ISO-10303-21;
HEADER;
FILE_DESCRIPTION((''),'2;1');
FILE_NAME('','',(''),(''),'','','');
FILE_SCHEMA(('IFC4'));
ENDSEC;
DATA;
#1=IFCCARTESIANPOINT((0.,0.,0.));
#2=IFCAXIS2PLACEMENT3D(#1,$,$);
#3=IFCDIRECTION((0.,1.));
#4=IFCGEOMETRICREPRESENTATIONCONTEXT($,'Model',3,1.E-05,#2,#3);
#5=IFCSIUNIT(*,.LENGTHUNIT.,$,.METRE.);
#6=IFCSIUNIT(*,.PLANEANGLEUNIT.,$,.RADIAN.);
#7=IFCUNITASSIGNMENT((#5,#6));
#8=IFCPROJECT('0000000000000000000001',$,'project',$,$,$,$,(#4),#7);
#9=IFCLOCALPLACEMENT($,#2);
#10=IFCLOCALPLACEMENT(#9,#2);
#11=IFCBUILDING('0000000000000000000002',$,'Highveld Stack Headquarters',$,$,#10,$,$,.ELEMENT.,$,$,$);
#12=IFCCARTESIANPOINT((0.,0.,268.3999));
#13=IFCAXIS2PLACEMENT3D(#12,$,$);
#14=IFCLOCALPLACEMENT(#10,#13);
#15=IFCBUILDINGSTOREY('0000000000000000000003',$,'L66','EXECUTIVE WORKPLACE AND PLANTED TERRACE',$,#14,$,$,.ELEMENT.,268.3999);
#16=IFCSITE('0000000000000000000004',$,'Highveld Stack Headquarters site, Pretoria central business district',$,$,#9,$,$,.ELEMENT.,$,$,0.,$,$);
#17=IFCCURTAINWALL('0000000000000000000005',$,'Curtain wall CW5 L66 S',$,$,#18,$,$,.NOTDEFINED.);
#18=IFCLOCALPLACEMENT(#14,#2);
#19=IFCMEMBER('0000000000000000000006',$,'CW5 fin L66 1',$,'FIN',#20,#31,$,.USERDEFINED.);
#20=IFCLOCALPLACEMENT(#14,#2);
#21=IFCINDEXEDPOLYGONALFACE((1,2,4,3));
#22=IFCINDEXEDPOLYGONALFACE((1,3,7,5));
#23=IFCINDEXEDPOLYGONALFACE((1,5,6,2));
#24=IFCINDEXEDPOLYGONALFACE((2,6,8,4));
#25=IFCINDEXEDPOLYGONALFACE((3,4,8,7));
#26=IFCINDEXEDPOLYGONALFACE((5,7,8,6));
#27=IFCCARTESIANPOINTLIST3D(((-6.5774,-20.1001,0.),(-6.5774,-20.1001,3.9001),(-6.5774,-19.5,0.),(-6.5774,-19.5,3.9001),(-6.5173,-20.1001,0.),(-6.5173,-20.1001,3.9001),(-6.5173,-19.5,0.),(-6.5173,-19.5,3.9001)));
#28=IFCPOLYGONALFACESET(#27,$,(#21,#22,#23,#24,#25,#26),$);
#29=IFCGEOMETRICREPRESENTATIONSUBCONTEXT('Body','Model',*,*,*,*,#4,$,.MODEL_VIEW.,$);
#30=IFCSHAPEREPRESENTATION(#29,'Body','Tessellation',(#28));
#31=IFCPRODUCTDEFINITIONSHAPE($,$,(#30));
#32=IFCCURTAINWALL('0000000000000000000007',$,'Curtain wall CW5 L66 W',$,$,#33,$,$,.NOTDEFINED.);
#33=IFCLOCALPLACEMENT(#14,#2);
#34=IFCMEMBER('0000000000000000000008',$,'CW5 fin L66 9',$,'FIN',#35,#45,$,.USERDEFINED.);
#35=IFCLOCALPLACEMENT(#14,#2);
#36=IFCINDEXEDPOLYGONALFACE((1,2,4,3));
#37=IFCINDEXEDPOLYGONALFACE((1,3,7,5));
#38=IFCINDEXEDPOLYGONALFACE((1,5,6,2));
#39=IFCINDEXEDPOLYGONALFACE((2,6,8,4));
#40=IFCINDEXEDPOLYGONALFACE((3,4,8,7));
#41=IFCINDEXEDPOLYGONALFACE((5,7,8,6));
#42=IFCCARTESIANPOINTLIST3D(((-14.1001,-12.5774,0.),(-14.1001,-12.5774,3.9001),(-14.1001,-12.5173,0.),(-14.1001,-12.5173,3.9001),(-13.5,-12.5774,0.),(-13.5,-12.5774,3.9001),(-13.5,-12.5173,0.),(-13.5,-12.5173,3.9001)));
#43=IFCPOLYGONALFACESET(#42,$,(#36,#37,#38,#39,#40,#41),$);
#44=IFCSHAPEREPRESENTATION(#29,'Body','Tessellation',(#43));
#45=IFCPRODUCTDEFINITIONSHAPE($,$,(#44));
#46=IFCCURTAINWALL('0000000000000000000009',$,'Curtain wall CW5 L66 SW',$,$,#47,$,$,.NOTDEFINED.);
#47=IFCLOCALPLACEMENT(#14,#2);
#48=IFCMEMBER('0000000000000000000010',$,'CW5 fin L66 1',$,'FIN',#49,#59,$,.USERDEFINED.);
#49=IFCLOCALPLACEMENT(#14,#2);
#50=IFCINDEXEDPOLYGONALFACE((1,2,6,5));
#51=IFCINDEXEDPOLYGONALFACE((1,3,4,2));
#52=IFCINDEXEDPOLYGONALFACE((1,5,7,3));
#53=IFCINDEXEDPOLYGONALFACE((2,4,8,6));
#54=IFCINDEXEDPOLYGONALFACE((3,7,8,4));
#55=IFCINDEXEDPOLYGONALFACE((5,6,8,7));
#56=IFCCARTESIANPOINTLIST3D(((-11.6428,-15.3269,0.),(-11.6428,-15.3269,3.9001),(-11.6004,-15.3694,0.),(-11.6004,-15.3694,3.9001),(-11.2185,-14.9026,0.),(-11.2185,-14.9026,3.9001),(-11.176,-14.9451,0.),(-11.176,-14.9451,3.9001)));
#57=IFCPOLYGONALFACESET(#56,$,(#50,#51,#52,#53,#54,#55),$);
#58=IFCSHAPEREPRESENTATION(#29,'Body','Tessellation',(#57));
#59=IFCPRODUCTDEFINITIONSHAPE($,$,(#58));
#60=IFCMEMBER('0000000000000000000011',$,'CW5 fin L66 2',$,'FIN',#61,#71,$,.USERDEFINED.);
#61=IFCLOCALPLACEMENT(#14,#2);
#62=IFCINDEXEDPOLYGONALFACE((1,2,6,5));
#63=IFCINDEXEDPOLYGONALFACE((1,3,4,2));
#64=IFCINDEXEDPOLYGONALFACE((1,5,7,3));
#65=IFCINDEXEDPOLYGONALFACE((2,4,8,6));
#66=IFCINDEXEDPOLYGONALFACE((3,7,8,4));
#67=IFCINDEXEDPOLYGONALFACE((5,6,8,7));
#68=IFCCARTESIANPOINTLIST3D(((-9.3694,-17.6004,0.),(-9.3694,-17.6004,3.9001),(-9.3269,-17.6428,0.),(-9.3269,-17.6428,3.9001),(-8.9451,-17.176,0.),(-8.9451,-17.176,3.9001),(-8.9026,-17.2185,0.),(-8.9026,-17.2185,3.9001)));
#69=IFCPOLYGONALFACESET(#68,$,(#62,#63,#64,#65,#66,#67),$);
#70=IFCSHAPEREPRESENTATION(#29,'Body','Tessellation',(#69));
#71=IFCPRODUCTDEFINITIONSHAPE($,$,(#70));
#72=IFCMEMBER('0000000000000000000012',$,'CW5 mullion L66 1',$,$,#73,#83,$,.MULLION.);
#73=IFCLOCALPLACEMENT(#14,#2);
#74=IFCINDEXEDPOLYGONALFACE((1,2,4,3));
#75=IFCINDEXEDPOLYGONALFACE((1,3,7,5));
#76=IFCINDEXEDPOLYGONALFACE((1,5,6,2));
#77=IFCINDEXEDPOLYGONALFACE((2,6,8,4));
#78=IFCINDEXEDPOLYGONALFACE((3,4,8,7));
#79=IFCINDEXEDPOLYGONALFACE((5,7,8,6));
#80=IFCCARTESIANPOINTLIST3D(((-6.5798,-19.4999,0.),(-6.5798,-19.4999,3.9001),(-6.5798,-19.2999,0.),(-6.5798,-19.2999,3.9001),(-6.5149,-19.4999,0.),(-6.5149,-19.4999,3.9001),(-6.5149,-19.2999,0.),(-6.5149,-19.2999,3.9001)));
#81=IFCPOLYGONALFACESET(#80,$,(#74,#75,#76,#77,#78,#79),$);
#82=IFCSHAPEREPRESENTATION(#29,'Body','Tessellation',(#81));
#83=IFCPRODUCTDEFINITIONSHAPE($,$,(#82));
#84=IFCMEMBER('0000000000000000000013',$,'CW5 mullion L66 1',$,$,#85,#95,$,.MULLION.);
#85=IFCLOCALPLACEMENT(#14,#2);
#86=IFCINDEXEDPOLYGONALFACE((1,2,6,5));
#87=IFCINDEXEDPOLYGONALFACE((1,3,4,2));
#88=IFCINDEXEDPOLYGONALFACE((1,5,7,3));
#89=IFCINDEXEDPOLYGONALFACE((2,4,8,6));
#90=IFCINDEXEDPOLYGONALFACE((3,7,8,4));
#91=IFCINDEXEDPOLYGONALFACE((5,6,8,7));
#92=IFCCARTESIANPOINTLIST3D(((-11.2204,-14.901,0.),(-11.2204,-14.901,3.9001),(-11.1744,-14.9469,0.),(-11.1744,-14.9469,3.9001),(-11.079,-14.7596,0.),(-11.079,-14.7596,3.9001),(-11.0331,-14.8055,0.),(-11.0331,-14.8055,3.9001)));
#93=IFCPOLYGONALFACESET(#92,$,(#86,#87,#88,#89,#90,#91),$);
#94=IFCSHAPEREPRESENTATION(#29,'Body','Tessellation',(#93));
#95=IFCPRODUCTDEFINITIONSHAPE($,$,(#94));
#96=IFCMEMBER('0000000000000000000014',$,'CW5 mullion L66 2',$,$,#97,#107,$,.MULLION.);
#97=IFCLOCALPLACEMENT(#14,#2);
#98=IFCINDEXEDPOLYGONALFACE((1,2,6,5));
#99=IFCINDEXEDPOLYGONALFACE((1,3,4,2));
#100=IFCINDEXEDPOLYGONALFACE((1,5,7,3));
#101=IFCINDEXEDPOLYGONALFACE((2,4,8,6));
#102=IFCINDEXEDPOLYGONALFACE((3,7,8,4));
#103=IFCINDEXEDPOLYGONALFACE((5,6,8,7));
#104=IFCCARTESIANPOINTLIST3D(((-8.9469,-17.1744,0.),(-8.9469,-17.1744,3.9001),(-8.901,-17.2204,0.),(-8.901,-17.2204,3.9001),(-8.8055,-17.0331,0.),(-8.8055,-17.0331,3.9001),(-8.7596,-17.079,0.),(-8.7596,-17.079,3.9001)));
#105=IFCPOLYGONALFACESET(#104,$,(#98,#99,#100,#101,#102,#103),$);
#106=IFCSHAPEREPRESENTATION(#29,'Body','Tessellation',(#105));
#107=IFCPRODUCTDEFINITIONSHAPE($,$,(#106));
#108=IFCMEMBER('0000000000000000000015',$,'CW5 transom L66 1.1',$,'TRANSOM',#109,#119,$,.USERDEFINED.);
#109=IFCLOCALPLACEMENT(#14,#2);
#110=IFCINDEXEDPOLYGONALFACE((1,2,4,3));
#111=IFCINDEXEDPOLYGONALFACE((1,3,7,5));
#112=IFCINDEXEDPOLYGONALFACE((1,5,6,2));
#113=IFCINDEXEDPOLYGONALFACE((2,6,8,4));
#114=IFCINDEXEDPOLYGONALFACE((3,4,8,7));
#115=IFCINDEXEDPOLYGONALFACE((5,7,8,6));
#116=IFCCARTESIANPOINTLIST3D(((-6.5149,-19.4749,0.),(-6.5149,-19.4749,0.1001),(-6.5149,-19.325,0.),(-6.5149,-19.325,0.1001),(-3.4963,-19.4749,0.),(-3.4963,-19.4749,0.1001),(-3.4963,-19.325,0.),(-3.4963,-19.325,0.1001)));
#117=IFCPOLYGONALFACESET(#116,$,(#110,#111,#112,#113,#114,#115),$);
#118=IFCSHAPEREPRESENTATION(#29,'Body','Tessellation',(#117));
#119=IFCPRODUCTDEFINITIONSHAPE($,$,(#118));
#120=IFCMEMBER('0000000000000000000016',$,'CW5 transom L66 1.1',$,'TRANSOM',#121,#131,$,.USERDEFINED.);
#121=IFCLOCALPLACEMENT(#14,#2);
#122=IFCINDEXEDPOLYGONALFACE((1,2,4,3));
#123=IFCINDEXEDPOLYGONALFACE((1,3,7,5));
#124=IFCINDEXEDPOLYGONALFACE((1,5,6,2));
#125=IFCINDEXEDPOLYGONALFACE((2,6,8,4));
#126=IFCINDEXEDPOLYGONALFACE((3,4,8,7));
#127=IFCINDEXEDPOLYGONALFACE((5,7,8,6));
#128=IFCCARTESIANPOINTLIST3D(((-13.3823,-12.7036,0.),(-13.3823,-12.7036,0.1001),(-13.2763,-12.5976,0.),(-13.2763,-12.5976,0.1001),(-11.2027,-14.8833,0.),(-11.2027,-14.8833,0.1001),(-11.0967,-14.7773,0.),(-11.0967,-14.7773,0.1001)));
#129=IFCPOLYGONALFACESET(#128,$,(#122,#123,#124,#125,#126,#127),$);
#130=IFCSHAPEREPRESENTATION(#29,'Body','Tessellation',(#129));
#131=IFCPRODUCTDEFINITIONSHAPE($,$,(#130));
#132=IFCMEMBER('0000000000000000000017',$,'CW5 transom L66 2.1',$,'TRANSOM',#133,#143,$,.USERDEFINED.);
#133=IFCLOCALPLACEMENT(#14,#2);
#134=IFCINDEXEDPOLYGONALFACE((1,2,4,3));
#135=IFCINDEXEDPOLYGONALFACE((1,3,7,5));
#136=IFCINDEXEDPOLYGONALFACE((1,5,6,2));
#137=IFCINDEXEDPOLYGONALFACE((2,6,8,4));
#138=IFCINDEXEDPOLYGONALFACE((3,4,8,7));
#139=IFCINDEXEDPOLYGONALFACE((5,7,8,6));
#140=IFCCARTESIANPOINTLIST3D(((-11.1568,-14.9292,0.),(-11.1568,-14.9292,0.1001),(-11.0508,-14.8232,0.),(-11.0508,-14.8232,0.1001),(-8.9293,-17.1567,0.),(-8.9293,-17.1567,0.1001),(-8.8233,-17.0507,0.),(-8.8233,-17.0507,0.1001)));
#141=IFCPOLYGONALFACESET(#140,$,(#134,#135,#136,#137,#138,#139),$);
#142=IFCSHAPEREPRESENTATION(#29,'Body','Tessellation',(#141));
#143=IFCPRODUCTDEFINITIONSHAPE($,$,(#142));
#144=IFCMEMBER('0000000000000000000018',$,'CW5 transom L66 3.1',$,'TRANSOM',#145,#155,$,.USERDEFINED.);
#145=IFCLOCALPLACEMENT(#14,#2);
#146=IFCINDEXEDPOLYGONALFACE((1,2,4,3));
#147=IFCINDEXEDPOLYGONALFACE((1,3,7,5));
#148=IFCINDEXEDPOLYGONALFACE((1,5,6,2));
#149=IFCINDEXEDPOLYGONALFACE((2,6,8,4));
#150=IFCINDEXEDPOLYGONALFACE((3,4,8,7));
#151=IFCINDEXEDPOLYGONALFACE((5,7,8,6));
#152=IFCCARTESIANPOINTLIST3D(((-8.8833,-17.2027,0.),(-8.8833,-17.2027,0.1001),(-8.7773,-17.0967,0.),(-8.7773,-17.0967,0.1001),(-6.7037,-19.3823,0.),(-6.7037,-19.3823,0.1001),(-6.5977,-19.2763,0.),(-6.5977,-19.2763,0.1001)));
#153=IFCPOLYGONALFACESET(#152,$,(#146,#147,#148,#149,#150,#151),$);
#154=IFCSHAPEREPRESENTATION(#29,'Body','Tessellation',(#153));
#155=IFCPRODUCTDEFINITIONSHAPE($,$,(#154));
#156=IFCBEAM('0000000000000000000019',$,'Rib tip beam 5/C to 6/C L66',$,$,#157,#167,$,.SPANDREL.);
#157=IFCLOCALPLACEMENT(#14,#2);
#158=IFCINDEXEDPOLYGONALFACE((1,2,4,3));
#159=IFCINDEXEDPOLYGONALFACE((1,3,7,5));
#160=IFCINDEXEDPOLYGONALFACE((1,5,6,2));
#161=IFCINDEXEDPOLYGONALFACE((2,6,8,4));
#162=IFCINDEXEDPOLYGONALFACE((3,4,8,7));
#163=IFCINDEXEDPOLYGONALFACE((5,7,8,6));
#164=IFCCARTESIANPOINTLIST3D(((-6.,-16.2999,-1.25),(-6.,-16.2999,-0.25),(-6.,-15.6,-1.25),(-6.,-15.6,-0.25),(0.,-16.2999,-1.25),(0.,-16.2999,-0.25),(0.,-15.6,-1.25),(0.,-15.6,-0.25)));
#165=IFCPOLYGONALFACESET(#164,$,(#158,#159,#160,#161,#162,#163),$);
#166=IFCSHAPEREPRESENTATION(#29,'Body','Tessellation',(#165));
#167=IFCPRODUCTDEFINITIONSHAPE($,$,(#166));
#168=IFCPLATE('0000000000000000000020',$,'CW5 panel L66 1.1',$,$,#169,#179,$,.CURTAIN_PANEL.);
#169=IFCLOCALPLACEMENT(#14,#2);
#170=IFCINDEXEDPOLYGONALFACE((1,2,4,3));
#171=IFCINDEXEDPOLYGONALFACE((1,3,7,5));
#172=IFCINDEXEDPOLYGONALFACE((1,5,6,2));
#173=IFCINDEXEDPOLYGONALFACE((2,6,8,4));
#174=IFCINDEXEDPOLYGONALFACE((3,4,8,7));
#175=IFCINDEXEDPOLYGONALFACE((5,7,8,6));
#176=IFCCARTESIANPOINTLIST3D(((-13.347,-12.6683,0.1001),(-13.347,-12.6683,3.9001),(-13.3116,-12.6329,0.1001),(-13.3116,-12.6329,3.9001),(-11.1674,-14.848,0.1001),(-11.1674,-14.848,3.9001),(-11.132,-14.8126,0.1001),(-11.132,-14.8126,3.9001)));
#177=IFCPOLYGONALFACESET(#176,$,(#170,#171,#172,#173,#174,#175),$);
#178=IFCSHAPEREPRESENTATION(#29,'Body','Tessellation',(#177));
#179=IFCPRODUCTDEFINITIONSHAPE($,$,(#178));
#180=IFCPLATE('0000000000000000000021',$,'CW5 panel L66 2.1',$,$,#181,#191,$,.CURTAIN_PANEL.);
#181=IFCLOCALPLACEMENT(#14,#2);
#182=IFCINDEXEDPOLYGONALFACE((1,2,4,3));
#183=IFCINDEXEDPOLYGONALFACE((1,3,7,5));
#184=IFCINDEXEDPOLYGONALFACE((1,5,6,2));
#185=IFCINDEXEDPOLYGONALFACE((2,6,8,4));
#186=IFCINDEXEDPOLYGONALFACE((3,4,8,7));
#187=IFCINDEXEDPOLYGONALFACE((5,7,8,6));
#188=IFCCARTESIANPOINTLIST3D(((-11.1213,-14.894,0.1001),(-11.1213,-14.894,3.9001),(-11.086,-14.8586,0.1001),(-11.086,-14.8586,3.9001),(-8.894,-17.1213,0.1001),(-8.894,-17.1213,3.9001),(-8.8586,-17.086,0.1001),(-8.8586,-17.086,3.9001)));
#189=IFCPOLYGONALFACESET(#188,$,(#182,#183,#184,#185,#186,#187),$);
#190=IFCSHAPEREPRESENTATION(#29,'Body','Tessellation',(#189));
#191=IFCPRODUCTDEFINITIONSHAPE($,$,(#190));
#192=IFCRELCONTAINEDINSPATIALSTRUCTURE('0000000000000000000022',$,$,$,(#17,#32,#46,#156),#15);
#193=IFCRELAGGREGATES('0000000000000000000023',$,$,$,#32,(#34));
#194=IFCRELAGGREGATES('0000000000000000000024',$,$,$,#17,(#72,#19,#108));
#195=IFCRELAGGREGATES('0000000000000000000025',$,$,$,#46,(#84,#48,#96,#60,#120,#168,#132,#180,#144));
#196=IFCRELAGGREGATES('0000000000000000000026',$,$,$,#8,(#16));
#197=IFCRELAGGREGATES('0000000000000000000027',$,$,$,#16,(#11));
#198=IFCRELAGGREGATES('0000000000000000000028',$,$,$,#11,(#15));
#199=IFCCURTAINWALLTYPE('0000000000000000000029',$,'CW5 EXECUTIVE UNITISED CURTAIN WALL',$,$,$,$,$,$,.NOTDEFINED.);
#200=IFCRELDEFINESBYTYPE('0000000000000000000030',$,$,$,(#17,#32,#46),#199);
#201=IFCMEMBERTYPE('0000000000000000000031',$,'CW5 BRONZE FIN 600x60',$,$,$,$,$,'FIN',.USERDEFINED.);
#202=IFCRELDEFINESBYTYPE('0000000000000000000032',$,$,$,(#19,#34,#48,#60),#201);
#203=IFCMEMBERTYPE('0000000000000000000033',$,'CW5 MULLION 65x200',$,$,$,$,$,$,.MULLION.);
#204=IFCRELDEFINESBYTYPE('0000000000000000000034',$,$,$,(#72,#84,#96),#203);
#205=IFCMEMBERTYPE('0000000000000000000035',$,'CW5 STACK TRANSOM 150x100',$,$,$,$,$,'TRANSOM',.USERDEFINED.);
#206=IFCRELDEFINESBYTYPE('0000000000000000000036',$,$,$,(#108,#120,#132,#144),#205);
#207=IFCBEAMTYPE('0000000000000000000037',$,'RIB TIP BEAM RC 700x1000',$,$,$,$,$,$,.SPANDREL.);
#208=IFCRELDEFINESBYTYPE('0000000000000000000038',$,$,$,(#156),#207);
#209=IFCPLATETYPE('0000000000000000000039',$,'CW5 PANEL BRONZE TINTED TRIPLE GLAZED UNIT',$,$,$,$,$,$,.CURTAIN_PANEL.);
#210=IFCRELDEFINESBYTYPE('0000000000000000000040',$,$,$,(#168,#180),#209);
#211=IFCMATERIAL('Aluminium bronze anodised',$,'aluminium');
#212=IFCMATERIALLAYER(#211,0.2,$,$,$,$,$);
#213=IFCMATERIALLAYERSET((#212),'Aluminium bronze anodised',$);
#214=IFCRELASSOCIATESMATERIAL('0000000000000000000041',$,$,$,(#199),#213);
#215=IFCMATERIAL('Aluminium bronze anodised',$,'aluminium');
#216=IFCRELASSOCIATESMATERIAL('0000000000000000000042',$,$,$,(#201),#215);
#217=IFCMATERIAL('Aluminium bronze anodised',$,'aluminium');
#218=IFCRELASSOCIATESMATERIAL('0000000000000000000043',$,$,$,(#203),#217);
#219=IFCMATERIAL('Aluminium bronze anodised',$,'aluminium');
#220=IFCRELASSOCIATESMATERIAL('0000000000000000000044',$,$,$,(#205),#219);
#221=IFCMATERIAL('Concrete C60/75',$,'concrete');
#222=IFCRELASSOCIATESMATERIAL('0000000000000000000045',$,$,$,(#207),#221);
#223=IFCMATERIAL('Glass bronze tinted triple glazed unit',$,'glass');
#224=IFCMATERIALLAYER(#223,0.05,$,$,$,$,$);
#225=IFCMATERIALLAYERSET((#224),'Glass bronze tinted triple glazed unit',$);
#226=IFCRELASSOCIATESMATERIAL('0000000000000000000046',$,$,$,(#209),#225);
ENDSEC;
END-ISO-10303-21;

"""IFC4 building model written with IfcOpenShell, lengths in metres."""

from ifc_helpers import new_model, si_unit, direction, frame, origin, origin_2d, place, context, subcontext, project, spatial, rectangle, extrude, material, layer, layer_set, material_profile, profile_set, type_object, element, aggregate, save


model = new_model("IFC4")

# Units and contexts
model_context = context("Model", 3, precision=1e-05, world=origin(), true_north=direction((0.0, 1.0)))
body_context = subcontext(model_context, "Body", "Model", "MODEL_VIEW")
ifc_project = project(units=[si_unit("LENGTHUNIT", "METRE"), si_unit("PLANEANGLEUNIT", "RADIAN")], contexts=[model_context])

# Site, building, storey
site_placement = place(None, origin())
site = spatial("IfcSite", under=ifc_project, at=site_placement, Name="Highveld Stack Headquarters site, Pretoria central business district", CompositionType="ELEMENT", RefElevation=0.0)
building_placement = place(site_placement, origin())
building = spatial("IfcBuilding", under=site, at=building_placement, Name="Highveld Stack Headquarters", CompositionType="ELEMENT")
storey_placement = place(building_placement, frame((0.0, 0.0, 268.3999)))
storey = spatial("IfcBuildingStorey", under=building, at=storey_placement, Name="L66", Description="EXECUTIVE WORKPLACE AND PLANTED TERRACE", CompositionType="ELEMENT", Elevation=268.3999)

# Curtain walls, members
ifc_material_1 = material(Name="Aluminium bronze anodised", Category="aluminium")
ifc_layer_1 = layer(ifc_material_1, 0.2)
ifc_layer_set_1 = layer_set([ifc_layer_1], Name="Aluminium bronze anodised")
curtain_wall_type = type_object("IfcCurtainWallType", Name="CW5 EXECUTIVE UNITISED CURTAIN WALL", PredefinedType="NOTDEFINED", material=ifc_layer_set_1)
curtain_wall_1_placement = place(storey_placement, origin())
curtain_wall_1 = element("IfcCurtainWall", 1, at=curtain_wall_1_placement, inside=storey, type_object=curtain_wall_type, Name="Curtain wall CW5 L66 S", PredefinedType="NOTDEFINED")
ifc_material_2 = material(Name="Aluminium bronze anodised", Category="aluminium")
ifc_material_profile_1 = material_profile(ifc_material_2, rectangle(XDim=0.6001, YDim=0.0601, at=origin_2d()), Name="FIN 600x60")
ifc_profile_set_1 = profile_set([ifc_material_profile_1], Name="Aluminium bronze anodised")
member_type_1 = type_object("IfcMemberType", Name="CW5 BRONZE FIN 600x60", ElementType="FIN", PredefinedType="USERDEFINED", material=ifc_profile_set_1)
member_1_placement = place(storey_placement, frame((-6.5474, -19.8, 0.0), z_axis=(0.0, 0.0, 1.0), x_axis=(0.0, 1.0, 0.0)))
member_1 = element("IfcMember", 2, at=member_1_placement, type_object=member_type_1, Name="CW5 fin L66 1", ObjectType="FIN", PredefinedType="USERDEFINED", context=body_context, shape_type="SweptSolid", body=[
    extrude(rectangle(XDim=0.6001, YDim=0.0601, at=origin_2d()), origin(), (0.0, 0.0, 1.0), 3.9001),
])
curtain_wall_2_placement = place(storey_placement, origin())
curtain_wall_2 = element("IfcCurtainWall", 3, at=curtain_wall_2_placement, inside=storey, type_object=curtain_wall_type, Name="Curtain wall CW5 L66 W", PredefinedType="NOTDEFINED")
member_2_placement = place(storey_placement, frame((-13.8, -12.5474, 0.0), z_axis=(0.0, 0.0, 1.0), x_axis=(1.0, 0.0, 0.0)))
member_2 = element("IfcMember", 4, at=member_2_placement, type_object=member_type_1, Name="CW5 fin L66 9", ObjectType="FIN", PredefinedType="USERDEFINED", context=body_context, shape_type="SweptSolid", body=[
    extrude(rectangle(XDim=0.6001, YDim=0.0601, at=origin_2d()), origin(), (0.0, 0.0, 1.0), 3.9001),
])
aggregate(curtain_wall_2, [member_2])

# Curtain wall, members
curtain_wall_3_placement = place(storey_placement, origin())
curtain_wall_3 = element("IfcCurtainWall", 5, at=curtain_wall_3_placement, inside=storey, type_object=curtain_wall_type, Name="Curtain wall CW5 L66 SW", PredefinedType="NOTDEFINED")
member_3_placement = place(storey_placement, frame((-11.4094, -15.136, 0.0), z_axis=(0.0, 0.0, 1.0), x_axis=(0.707107, 0.707107, 0.0)))
member_3 = element("IfcMember", 6, at=member_3_placement, type_object=member_type_1, Name="CW5 fin L66 1", ObjectType="FIN", PredefinedType="USERDEFINED", context=body_context, shape_type="SweptSolid", body=[
    extrude(rectangle(XDim=0.6001, YDim=0.0601, at=origin_2d()), origin(), (0.0, 0.0, 1.0), 3.9001),
])
member_4_placement = place(storey_placement, frame((-9.136, -17.4094, 0.0), z_axis=(0.0, 0.0, 1.0), x_axis=(0.707107, 0.707107, 0.0)))
member_4 = element("IfcMember", 7, at=member_4_placement, type_object=member_type_1, Name="CW5 fin L66 2", ObjectType="FIN", PredefinedType="USERDEFINED", context=body_context, shape_type="SweptSolid", body=[
    extrude(rectangle(XDim=0.6001, YDim=0.0601, at=origin_2d()), origin(), (0.0, 0.0, 1.0), 3.9001),
])

# Members
ifc_material_3 = material(Name="Aluminium bronze anodised", Category="aluminium")
ifc_material_profile_2 = material_profile(ifc_material_3, rectangle(XDim=0.2, YDim=0.0649, at=origin_2d()), Name="CW5 MULLION 65x200")
ifc_profile_set_2 = profile_set([ifc_material_profile_2], Name="Aluminium bronze anodised")
member_type_2 = type_object("IfcMemberType", Name="CW5 MULLION 65x200", PredefinedType="MULLION", material=ifc_profile_set_2)
member_5_placement = place(storey_placement, frame((-6.5474, -19.3999, 0.0), z_axis=(0.0, 0.0, 1.0), x_axis=(0.0, 1.0, 0.0)))
member_5 = element("IfcMember", 8, at=member_5_placement, type_object=member_type_2, Name="CW5 mullion L66 1", PredefinedType="MULLION", context=body_context, shape_type="SweptSolid", body=[
    extrude(rectangle(XDim=0.2, YDim=0.0649, at=origin_2d()), origin(), (0.0, 0.0, 1.0), 3.9001),
])
member_6_placement = place(storey_placement, frame((-11.1267, -14.8533, 0.0), z_axis=(0.0, 0.0, 1.0), x_axis=(0.707107, 0.707107, 0.0)))
member_6 = element("IfcMember", 9, at=member_6_placement, type_object=member_type_2, Name="CW5 mullion L66 1", PredefinedType="MULLION", context=body_context, shape_type="SweptSolid", body=[
    extrude(rectangle(XDim=0.2, YDim=0.0649, at=origin_2d()), origin(), (0.0, 0.0, 1.0), 3.9001),
])
member_7_placement = place(storey_placement, frame((-8.8533, -17.1267, 0.0), z_axis=(0.0, 0.0, 1.0), x_axis=(0.707107, 0.707107, 0.0)))
member_7 = element("IfcMember", 10, at=member_7_placement, type_object=member_type_2, Name="CW5 mullion L66 2", PredefinedType="MULLION", context=body_context, shape_type="SweptSolid", body=[
    extrude(rectangle(XDim=0.2, YDim=0.0649, at=origin_2d()), origin(), (0.0, 0.0, 1.0), 3.9001),
])
ifc_material_4 = material(Name="Aluminium bronze anodised", Category="aluminium")
ifc_material_profile_3 = material_profile(ifc_material_4, rectangle(XDim=0.1499, YDim=0.1001, at=origin_2d()), Name="CW5 TRANSOM 150x100")
ifc_profile_set_3 = profile_set([ifc_material_profile_3], Name="Aluminium bronze anodised")
member_type_3 = type_object("IfcMemberType", Name="CW5 STACK TRANSOM 150x100", ElementType="TRANSOM", PredefinedType="USERDEFINED", material=ifc_profile_set_3)
member_8_placement = place(storey_placement, frame((-6.5149, -19.3999, 0.05), z_axis=(1.0, 0.0, 0.0), x_axis=(0.0, 1.0, 0.0)))
member_8 = element("IfcMember", 11, at=member_8_placement, type_object=member_type_3, Name="CW5 transom L66 1.1", ObjectType="TRANSOM", PredefinedType="USERDEFINED", context=body_context, shape_type="SweptSolid", body=[
    extrude(rectangle(XDim=0.1499, YDim=0.1001, at=origin_2d()), origin(), (0.0, 0.0, 1.0), 3.0186),
])
aggregate(curtain_wall_1, [member_5, member_1, member_8])
member_9_placement = place(storey_placement, frame((-13.3293, -12.6506, 0.05), z_axis=(0.707107, -0.707107, 0.0), x_axis=(0.707107, 0.707107, 0.0)))
member_9 = element("IfcMember", 12, at=member_9_placement, type_object=member_type_3, Name="CW5 transom L66 1.1", ObjectType="TRANSOM", PredefinedType="USERDEFINED", context=body_context, shape_type="SweptSolid", body=[
    extrude(rectangle(XDim=0.1499, YDim=0.1001, at=origin_2d()), origin(), (0.0, 0.0, 1.0), 3.0825),
])
member_10_placement = place(storey_placement, frame((-11.1038, -14.8762, 0.05), z_axis=(0.707107, -0.707107, 0.0), x_axis=(0.707107, 0.707107, 0.0)))
member_10 = element("IfcMember", 13, at=member_10_placement, type_object=member_type_3, Name="CW5 transom L66 2.1", ObjectType="TRANSOM", PredefinedType="USERDEFINED", context=body_context, shape_type="SweptSolid", body=[
    extrude(rectangle(XDim=0.1499, YDim=0.1001, at=origin_2d()), origin(), (0.0, 0.0, 1.0), 3.1501),
])
member_11_placement = place(storey_placement, frame((-8.8303, -17.1497, 0.05), z_axis=(0.707107, -0.707107, 0.0), x_axis=(0.707107, 0.707107, 0.0)))
member_11 = element("IfcMember", 14, at=member_11_placement, type_object=member_type_3, Name="CW5 transom L66 3.1", ObjectType="TRANSOM", PredefinedType="USERDEFINED", context=body_context, shape_type="SweptSolid", body=[
    extrude(rectangle(XDim=0.1499, YDim=0.1001, at=origin_2d()), origin(), (0.0, 0.0, 1.0), 3.0825),
])

# Beam
ifc_material_5 = material(Name="Concrete C60/75", Category="concrete")
ifc_material_profile_4 = material_profile(ifc_material_5, rectangle(XDim=0.7, YDim=1.0, at=origin_2d()), Name="RC 700x1000")
ifc_profile_set_4 = profile_set([ifc_material_profile_4], Name="Concrete C60/75")
beam_type = type_object("IfcBeamType", Name="RIB TIP BEAM RC 700x1000", PredefinedType="SPANDREL", material=ifc_profile_set_4)
beam_placement = place(storey_placement, frame((-6.0, -15.95, -0.75), z_axis=(1.0, 0.0, 0.0), x_axis=(0.0, 1.0, 0.0)))
element("IfcBeam", 15, at=beam_placement, inside=storey, type_object=beam_type, Name="Rib tip beam 5/C to 6/C L66", PredefinedType="SPANDREL", context=body_context, shape_type="SweptSolid", body=[
    extrude(rectangle(XDim=0.7, YDim=1.0, at=origin_2d()), origin(), (0.0, 0.0, 1.0), 6.0),
])

# Plates
ifc_material_6 = material(Name="Glass bronze tinted triple glazed unit", Category="glass")
ifc_layer_2 = layer(ifc_material_6, 0.05)
ifc_layer_set_2 = layer_set([ifc_layer_2], Name="Glass bronze tinted triple glazed unit")
plate_type = type_object("IfcPlateType", Name="CW5 PANEL BRONZE TINTED TRIPLE GLAZED UNIT", PredefinedType="CURTAIN_PANEL", material=ifc_layer_set_2)
plate_1_placement = place(storey_placement, frame((-12.2395, -13.7405, 0.1001), z_axis=(0.0, 0.0, 1.0), x_axis=(0.707107, -0.707107, 0.0)))
plate_1 = element("IfcPlate", 16, at=plate_1_placement, type_object=plate_type, Name="CW5 panel L66 1.1", PredefinedType="CURTAIN_PANEL", context=body_context, shape_type="SweptSolid", body=[
    extrude(rectangle(XDim=3.0825, YDim=0.05, at=origin_2d()), origin(), (0.0, 0.0, 1.0), 3.8),
])
plate_2_placement = place(storey_placement, frame((-9.99, -15.99, 0.1001), z_axis=(0.0, 0.0, 1.0), x_axis=(0.707107, -0.707107, 0.0)))
plate_2 = element("IfcPlate", 17, at=plate_2_placement, type_object=plate_type, Name="CW5 panel L66 2.1", PredefinedType="CURTAIN_PANEL", context=body_context, shape_type="SweptSolid", body=[
    extrude(rectangle(XDim=3.1499, YDim=0.05, at=origin_2d()), origin(), (0.0, 0.0, 1.0), 3.8),
])
aggregate(curtain_wall_3, [member_6, member_3, member_7, member_4, member_9, plate_1, member_10, plate_2, member_11])

save(model, "model.ifc")
